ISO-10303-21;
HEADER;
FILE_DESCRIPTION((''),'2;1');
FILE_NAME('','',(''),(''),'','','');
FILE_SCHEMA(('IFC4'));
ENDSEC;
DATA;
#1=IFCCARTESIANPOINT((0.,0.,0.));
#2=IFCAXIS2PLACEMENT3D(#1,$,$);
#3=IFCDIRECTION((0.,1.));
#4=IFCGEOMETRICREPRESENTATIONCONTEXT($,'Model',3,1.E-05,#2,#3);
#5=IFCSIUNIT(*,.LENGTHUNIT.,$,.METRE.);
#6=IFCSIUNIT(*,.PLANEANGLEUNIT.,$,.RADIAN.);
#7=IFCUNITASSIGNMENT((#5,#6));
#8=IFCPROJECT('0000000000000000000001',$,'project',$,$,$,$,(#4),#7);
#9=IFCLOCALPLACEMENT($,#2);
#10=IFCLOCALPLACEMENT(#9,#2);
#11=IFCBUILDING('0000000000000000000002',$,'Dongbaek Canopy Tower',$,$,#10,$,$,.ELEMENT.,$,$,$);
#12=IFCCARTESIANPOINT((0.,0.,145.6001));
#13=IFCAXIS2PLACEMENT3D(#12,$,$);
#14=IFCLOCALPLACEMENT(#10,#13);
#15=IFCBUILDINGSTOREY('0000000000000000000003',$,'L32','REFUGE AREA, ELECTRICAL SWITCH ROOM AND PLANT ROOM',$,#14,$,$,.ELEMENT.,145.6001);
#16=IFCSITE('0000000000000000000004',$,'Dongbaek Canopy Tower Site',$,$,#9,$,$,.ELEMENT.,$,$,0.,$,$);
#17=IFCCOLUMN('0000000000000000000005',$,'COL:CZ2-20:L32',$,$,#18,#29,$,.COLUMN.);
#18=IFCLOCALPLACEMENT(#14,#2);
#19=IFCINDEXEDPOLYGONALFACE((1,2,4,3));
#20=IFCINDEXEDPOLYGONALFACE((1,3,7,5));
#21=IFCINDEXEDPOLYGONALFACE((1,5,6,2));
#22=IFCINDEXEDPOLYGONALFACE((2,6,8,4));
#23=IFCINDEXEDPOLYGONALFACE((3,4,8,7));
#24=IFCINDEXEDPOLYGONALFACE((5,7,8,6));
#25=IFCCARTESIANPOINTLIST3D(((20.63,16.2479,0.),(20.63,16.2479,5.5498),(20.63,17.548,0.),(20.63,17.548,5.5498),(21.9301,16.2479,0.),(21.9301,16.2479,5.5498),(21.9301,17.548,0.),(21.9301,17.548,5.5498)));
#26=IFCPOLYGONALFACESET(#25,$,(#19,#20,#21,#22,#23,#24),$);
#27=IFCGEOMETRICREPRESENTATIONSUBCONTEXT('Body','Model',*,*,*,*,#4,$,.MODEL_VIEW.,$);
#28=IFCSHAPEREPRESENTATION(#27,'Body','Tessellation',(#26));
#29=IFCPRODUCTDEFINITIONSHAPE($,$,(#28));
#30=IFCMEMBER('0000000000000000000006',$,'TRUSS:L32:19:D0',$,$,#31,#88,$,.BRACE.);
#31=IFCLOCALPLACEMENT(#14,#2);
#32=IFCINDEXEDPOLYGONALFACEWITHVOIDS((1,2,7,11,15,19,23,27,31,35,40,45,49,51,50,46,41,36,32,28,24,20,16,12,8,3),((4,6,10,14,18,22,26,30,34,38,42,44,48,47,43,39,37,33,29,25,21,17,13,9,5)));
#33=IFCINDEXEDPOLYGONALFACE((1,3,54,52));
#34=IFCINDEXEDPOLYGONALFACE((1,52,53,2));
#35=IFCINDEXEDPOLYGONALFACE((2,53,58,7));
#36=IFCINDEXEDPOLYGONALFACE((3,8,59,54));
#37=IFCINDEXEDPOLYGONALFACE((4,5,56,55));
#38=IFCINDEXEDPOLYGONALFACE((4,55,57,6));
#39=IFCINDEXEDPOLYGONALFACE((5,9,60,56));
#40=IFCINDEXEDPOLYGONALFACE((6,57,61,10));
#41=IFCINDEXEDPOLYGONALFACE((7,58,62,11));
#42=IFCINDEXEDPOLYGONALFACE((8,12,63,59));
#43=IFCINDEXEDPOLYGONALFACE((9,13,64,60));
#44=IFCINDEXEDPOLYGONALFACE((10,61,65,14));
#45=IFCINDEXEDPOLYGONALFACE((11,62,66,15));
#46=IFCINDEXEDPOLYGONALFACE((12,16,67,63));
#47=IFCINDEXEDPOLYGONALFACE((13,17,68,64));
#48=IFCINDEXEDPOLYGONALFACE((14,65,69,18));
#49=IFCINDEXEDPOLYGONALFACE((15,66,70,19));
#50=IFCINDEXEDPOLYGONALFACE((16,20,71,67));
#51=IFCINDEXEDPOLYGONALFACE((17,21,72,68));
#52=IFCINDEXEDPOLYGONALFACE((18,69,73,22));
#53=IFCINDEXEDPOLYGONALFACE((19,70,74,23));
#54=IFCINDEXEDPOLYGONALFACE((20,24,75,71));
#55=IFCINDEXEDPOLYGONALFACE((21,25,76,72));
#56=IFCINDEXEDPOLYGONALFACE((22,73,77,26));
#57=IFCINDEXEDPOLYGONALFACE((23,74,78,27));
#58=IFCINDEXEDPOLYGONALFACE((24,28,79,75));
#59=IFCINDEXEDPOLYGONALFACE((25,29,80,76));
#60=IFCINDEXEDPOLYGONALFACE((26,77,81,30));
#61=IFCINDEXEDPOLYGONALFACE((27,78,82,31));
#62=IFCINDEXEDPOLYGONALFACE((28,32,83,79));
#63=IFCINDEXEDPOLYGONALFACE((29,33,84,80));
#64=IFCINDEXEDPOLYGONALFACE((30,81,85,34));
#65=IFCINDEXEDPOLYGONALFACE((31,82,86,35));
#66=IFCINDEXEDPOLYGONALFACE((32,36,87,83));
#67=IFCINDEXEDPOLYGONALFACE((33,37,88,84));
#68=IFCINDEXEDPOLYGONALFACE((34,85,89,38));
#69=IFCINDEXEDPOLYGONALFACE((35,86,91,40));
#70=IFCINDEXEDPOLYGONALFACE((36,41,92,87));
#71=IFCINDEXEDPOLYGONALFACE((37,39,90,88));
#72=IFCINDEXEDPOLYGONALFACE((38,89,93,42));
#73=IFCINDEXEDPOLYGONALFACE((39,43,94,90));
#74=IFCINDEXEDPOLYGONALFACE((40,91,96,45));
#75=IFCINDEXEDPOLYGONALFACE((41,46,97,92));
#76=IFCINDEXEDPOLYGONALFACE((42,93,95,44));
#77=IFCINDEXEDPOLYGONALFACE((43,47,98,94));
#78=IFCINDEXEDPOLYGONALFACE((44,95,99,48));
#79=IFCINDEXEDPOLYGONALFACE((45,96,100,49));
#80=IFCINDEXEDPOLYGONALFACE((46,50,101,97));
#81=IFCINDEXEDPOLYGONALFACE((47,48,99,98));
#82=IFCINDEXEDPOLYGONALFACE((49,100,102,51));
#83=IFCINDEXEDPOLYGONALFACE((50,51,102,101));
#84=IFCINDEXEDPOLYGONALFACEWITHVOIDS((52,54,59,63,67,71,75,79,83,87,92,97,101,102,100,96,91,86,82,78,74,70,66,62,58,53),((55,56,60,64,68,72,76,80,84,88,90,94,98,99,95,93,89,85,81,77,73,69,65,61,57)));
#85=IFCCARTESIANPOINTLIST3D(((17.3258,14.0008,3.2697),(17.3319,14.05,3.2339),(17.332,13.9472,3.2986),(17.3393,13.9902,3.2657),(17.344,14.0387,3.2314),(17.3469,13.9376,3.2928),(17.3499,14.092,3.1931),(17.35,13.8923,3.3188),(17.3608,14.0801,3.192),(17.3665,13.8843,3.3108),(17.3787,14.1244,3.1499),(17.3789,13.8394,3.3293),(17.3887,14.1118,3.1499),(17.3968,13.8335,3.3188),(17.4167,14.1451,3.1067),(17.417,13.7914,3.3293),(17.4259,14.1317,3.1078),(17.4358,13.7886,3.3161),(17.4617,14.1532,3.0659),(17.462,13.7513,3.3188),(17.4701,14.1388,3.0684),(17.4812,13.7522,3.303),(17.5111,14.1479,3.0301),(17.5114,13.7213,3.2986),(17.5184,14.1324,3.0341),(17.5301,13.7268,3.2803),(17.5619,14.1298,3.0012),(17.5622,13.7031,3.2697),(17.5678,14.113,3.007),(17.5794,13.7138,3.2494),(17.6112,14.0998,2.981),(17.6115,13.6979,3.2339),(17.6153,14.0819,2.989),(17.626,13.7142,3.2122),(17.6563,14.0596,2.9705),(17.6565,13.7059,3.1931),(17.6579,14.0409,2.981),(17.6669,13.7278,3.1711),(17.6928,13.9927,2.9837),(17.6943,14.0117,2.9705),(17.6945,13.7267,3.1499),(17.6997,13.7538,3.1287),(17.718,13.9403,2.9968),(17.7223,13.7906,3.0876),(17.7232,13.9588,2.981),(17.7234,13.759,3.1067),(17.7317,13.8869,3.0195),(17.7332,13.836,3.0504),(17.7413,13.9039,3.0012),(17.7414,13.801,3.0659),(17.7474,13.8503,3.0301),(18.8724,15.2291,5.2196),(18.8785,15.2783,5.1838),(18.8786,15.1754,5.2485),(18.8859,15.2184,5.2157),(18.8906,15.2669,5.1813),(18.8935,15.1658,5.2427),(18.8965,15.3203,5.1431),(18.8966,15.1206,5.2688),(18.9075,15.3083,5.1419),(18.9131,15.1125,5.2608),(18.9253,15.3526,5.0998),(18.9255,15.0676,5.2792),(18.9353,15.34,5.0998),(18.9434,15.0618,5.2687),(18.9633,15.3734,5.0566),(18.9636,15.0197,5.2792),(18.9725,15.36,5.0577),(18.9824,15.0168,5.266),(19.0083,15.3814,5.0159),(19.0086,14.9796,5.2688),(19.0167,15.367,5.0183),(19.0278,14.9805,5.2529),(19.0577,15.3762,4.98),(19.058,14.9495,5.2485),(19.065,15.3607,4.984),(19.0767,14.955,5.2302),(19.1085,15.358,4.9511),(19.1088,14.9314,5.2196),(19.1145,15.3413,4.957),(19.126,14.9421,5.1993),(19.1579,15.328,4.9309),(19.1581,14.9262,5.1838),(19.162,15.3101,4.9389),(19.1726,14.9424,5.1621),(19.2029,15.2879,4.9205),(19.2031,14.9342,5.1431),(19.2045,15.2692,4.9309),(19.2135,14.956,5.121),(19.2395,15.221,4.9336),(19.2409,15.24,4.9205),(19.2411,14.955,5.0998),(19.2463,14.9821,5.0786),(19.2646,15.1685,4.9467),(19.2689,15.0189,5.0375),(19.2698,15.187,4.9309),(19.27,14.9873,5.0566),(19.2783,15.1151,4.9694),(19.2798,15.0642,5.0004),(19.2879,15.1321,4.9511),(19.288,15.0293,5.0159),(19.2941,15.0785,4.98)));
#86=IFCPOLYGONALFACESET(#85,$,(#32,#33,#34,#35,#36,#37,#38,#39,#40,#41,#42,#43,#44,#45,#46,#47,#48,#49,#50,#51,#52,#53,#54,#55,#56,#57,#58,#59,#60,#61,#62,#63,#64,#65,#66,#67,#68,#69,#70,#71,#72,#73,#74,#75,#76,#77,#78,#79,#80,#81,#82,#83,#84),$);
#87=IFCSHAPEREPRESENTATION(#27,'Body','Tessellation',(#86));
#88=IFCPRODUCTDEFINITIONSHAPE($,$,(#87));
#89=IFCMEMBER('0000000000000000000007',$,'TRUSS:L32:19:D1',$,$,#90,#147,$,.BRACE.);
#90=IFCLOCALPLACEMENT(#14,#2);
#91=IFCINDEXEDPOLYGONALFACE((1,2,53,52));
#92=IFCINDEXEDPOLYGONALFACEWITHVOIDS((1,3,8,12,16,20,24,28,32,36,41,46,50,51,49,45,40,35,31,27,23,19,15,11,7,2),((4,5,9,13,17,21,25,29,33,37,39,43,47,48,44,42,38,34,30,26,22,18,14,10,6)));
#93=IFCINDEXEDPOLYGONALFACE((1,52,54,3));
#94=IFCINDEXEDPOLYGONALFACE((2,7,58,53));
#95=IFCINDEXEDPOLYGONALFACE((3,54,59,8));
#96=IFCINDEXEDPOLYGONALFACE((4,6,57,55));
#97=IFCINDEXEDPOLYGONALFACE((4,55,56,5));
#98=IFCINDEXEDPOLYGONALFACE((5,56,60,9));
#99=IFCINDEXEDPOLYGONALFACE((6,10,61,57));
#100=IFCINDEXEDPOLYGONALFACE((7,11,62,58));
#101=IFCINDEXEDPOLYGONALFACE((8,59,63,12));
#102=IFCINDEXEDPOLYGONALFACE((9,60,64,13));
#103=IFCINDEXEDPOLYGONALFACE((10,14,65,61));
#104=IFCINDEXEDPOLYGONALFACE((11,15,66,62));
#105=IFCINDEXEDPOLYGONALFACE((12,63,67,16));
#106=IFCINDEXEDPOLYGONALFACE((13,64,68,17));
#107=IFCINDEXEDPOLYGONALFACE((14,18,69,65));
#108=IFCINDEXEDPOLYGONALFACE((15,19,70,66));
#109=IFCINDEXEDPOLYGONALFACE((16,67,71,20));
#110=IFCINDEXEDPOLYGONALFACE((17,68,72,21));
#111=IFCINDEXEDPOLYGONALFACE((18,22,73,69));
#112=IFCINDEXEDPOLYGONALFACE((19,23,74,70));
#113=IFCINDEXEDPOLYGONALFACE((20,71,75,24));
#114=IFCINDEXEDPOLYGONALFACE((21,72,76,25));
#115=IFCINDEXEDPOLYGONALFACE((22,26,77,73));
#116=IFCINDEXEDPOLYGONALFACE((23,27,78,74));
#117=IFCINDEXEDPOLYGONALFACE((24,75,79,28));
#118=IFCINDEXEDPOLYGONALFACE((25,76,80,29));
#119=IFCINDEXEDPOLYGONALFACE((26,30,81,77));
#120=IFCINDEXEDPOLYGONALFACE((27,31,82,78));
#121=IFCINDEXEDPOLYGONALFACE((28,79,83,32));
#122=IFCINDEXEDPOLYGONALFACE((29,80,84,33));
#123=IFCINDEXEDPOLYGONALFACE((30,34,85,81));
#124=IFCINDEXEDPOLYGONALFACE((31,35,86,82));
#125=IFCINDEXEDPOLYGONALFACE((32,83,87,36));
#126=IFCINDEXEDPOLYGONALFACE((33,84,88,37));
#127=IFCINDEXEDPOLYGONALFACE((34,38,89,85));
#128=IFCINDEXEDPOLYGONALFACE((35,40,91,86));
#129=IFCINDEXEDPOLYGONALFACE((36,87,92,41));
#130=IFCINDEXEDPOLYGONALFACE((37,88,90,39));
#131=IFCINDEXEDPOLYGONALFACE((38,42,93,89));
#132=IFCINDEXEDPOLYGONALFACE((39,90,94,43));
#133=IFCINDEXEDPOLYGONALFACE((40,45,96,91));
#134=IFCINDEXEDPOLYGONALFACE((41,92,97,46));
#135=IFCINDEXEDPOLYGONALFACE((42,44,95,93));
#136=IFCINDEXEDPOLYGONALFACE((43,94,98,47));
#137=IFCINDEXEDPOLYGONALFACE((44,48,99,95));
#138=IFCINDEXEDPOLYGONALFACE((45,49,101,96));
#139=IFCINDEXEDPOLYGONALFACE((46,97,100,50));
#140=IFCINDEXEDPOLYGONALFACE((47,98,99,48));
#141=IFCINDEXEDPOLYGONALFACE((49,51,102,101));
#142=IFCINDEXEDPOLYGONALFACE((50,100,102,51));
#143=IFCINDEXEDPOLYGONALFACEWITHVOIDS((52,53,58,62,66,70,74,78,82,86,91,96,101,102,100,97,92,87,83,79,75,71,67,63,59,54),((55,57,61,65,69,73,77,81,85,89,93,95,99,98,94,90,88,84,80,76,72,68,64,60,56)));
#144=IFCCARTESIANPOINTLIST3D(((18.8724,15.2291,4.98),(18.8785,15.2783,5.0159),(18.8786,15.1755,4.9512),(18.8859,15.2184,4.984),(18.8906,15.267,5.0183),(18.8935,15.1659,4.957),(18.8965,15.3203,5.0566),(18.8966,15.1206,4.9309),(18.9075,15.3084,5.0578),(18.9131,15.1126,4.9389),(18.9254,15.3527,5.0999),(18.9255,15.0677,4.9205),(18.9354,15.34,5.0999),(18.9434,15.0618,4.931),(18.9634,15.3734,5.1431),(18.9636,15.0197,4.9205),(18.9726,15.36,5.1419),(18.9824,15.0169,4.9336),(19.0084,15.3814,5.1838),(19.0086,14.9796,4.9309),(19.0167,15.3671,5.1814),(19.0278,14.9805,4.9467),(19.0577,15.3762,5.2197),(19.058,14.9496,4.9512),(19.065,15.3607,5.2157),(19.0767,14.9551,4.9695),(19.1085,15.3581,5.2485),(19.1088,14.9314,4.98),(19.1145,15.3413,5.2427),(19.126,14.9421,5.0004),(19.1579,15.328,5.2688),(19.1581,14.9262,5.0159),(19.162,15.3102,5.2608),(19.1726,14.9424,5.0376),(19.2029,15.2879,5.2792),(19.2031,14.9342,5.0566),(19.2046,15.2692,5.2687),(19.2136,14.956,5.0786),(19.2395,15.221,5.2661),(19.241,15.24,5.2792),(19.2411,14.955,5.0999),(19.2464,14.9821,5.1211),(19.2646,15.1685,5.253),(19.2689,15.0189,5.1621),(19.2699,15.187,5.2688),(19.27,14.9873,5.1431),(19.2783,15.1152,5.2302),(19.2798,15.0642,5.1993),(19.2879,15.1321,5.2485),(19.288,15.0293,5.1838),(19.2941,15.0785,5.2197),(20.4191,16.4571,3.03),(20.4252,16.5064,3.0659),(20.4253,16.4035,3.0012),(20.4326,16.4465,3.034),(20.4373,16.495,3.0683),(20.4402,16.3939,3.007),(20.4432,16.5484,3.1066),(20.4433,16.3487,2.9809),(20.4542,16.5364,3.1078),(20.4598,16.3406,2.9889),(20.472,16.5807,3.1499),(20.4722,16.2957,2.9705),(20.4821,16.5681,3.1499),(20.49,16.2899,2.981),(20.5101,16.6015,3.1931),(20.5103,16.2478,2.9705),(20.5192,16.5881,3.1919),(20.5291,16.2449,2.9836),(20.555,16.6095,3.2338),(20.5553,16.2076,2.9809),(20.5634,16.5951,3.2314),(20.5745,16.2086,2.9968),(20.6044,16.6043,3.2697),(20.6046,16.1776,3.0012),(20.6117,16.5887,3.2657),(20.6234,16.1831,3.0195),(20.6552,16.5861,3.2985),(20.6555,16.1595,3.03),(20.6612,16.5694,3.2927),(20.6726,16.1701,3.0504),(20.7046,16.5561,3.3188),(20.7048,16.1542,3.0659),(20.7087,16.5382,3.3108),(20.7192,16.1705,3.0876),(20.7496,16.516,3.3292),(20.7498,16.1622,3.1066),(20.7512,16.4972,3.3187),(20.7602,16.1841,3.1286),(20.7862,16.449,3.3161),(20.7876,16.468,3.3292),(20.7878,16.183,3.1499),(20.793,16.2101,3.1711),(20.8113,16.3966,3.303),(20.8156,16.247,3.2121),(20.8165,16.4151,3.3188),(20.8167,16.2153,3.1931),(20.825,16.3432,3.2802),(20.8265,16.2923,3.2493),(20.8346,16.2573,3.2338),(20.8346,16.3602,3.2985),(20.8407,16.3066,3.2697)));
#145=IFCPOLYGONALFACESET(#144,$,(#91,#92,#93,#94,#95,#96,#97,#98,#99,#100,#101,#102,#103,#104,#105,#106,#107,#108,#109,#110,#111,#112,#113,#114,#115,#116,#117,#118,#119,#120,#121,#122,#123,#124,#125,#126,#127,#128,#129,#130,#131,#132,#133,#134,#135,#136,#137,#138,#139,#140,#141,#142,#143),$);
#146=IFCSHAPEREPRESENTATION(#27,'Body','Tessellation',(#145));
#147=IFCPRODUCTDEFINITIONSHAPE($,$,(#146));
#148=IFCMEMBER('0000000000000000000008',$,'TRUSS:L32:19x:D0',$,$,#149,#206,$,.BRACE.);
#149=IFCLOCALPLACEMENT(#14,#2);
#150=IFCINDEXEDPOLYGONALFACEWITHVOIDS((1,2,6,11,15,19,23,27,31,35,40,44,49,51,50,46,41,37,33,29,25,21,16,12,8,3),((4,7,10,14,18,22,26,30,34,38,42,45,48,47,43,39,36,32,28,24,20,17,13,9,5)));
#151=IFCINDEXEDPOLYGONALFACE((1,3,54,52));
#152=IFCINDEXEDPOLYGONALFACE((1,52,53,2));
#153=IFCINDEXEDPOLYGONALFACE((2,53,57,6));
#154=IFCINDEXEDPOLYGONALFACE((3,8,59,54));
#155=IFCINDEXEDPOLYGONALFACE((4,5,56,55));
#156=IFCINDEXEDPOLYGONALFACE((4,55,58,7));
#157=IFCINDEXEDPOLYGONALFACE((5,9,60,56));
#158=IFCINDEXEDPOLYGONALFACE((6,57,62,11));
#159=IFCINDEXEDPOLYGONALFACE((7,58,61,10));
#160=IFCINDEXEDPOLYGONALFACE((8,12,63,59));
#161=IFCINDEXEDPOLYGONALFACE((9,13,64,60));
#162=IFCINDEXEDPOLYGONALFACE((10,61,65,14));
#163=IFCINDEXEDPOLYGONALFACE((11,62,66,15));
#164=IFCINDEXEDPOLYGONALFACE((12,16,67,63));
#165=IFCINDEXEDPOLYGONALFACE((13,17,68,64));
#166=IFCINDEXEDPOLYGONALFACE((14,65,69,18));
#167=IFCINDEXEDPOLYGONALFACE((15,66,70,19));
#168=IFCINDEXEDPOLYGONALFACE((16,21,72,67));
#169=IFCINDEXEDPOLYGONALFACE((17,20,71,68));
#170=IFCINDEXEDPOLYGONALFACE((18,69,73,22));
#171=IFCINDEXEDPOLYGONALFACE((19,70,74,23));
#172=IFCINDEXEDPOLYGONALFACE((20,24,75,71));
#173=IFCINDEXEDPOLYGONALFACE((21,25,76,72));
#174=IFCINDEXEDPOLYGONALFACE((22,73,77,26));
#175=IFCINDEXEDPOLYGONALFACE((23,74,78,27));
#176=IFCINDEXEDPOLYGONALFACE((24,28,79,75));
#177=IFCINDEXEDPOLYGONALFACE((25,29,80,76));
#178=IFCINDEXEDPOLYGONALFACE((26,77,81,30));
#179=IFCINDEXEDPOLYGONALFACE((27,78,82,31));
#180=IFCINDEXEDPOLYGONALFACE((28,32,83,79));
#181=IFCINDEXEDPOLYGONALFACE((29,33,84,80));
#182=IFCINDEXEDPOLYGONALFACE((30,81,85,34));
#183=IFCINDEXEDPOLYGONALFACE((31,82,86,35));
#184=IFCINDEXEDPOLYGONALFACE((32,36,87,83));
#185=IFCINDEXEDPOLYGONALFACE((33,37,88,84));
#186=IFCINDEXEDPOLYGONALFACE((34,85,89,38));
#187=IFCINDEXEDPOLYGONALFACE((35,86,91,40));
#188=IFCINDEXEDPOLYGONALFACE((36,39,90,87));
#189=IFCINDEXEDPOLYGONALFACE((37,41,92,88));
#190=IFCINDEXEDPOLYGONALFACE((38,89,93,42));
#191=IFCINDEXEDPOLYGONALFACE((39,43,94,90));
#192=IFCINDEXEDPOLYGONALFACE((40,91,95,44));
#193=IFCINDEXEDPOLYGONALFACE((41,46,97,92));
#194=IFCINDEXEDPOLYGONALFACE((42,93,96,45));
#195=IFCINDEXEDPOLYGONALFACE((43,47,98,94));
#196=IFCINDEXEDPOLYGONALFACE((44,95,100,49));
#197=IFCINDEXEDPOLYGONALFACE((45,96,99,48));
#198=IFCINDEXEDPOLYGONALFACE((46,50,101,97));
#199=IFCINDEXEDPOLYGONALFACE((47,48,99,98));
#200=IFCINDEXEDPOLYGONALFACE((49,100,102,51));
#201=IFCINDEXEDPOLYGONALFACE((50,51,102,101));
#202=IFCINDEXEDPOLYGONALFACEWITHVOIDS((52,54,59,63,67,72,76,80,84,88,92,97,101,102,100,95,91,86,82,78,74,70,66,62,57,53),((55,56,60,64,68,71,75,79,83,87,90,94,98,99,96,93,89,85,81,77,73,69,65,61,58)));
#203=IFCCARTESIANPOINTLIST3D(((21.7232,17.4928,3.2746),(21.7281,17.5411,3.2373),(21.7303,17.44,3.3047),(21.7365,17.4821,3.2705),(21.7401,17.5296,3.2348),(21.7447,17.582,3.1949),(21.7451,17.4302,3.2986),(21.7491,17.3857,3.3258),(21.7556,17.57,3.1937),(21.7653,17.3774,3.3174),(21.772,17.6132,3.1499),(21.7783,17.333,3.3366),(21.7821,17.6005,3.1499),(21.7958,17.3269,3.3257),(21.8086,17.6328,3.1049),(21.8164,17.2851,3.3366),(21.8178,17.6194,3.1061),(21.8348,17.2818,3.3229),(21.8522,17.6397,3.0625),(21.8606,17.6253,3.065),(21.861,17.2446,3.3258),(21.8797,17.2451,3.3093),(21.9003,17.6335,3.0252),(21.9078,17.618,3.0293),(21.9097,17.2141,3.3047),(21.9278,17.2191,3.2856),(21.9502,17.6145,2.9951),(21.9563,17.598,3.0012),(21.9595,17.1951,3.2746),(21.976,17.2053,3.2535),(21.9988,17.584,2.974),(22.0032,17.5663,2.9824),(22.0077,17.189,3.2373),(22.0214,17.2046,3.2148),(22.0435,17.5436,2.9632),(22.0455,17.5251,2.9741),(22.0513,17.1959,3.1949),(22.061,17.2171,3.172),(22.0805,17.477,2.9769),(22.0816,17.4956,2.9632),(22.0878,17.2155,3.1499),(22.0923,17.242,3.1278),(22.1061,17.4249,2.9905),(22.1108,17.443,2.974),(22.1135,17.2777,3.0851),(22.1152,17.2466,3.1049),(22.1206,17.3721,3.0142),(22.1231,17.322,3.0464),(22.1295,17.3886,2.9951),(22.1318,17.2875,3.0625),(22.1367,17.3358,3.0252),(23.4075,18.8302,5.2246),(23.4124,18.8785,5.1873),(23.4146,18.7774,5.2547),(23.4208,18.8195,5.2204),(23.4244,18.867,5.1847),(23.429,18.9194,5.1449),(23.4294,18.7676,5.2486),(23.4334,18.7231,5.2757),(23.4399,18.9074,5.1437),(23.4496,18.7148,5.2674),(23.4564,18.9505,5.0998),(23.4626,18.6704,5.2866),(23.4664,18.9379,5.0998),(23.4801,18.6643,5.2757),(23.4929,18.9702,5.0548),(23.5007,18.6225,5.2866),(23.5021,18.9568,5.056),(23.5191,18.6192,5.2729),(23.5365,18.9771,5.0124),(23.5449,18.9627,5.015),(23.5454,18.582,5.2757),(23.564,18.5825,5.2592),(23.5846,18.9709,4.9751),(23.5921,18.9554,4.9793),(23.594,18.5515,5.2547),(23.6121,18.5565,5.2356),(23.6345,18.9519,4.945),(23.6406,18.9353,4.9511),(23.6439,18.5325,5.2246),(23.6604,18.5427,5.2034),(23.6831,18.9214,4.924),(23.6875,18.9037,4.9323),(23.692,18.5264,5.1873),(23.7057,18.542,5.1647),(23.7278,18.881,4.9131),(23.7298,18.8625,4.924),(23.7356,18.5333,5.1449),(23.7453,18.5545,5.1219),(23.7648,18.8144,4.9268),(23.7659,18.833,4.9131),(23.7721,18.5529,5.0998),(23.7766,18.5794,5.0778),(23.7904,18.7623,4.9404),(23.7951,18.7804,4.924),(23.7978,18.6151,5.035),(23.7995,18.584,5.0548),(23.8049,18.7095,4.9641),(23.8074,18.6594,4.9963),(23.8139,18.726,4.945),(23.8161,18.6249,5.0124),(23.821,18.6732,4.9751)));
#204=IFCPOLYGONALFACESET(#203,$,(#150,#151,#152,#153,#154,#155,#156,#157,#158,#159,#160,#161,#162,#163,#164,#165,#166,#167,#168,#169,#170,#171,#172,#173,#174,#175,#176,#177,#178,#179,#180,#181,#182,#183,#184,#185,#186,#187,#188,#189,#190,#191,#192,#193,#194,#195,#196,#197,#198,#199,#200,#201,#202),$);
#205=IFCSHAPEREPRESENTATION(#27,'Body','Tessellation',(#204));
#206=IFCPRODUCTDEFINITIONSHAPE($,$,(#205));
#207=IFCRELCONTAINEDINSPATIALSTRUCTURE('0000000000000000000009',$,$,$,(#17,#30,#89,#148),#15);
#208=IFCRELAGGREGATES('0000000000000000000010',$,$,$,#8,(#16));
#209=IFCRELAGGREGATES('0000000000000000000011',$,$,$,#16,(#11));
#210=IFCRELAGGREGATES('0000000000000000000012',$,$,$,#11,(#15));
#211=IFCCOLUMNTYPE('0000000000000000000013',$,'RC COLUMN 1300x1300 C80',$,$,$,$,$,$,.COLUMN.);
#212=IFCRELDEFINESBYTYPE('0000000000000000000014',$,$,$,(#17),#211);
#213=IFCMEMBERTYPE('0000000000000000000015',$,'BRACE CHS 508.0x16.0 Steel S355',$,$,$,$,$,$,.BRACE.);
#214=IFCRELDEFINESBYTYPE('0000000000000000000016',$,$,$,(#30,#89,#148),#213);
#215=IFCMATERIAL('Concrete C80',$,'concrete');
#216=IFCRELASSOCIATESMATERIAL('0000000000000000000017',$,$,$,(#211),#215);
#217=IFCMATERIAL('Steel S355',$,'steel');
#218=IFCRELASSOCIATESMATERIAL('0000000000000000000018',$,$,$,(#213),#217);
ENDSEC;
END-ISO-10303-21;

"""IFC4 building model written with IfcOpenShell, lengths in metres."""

from ifc_helpers import new_model, si_unit, direction, frame, origin, origin_2d, place, context, subcontext, project, spatial, rectangle, hollow_circle, extrude, material, material_profile, profile_set, type_object, element, save


model = new_model("IFC4")

# Units and contexts
model_context = context("Model", 3, precision=1e-05, world=origin(), true_north=direction((0.0, 1.0)))
body_context = subcontext(model_context, "Body", "Model", "MODEL_VIEW")
ifc_project = project(units=[si_unit("LENGTHUNIT", "METRE"), si_unit("PLANEANGLEUNIT", "RADIAN")], contexts=[model_context])

# Site, building, storey
site_placement = place(None, origin())
site = spatial("IfcSite", under=ifc_project, at=site_placement, Name="Dongbaek Canopy Tower Site", CompositionType="ELEMENT", RefElevation=0.0)
building_placement = place(site_placement, origin())
building = spatial("IfcBuilding", under=site, at=building_placement, Name="Dongbaek Canopy Tower", CompositionType="ELEMENT")
storey_placement = place(building_placement, frame((0.0, 0.0, 145.6001)))
storey = spatial("IfcBuildingStorey", under=building, at=storey_placement, Name="L32", Description="REFUGE AREA, ELECTRICAL SWITCH ROOM AND PLANT ROOM", CompositionType="ELEMENT", Elevation=145.6001)

# Column
ifc_material_1 = material(Name="Concrete C80", Category="concrete")
ifc_material_profile_1 = material_profile(ifc_material_1, rectangle(XDim=1.3, YDim=1.3, at=origin_2d()), Name="RC COLUMN 1300x1300 C80")
ifc_profile_set_1 = profile_set([ifc_material_profile_1], Name="Concrete C80")
column_type = type_object("IfcColumnType", Name="RC COLUMN 1300x1300 C80", PredefinedType="COLUMN", material=ifc_profile_set_1)
column_placement = place(storey_placement, frame((21.28, 16.8979, 0.0), z_axis=(0.0, 0.0, 1.0), x_axis=(1.0, 0.0, 0.0)))
element("IfcColumn", 1, at=column_placement, inside=storey, type_object=column_type, Name="COL:CZ2-20:L32", PredefinedType="COLUMN", context=body_context, shape_type="SweptSolid", body=[
    extrude(rectangle(XDim=1.3, YDim=1.3, at=origin_2d()), origin(), (0.0, 0.0, 1.0), 5.5498),
])

# Members
ifc_material_2 = material(Name="Steel S355", Category="steel")
ifc_material_profile_2 = material_profile(ifc_material_2, hollow_circle(Radius=0.2539, WallThickness=0.0161, at=origin_2d()), Name="BRACE CHS 508.0x16.0 Steel S355")
ifc_profile_set_2 = profile_set([ifc_material_profile_2], Name="Steel S355")
member_type_1 = type_object("IfcMemberType", Name="BRACE CHS 508.0x16.0 Steel S355", PredefinedType="BRACE", material=ifc_profile_set_2)
for number, where, z_axis, x_axis, name in (
    (2, (17.5366, 13.9255, 3.1499), (0.557258, 0.442551, 0.702576), (-0.621902, 0.783095, 0.0), "TRUSS:L32:19:D0"),
    (3, (19.0833, 15.1538, 5.0999), (0.557279, 0.442481, -0.702603), (-0.621826, 0.783155, 0.0), "TRUSS:L32:19:D1"),
):
    element("IfcMember", number, at=place(storey_placement, frame(where, z_axis=z_axis, x_axis=x_axis)), inside=storey, type_object=member_type_1, Name=name, PredefinedType="BRACE", context=body_context, shape_type="SweptSolid", body=[
        extrude(hollow_circle(Radius=0.2539, WallThickness=0.0161, at=origin_2d()), origin(), (0.0, 0.0, 1.0), 2.7754),
    ])
member_1_placement = place(storey_placement, frame((21.9299, 17.4143, 3.1499), z_axis=(0.580185, 0.460683, 0.671682), x_axis=(-0.621839, 0.783145, 0.0)))
element("IfcMember", 4, at=member_1_placement, inside=storey, type_object=member_type_1, Name="TRUSS:L32:19x:D0", PredefinedType="BRACE", context=body_context, shape_type="SweptSolid", body=[
    extrude(hollow_circle(Radius=0.2539, WallThickness=0.0161, at=origin_2d()), origin(), (0.0, 0.0, 1.0), 2.9031),
])

save(model, "model.ifc")
